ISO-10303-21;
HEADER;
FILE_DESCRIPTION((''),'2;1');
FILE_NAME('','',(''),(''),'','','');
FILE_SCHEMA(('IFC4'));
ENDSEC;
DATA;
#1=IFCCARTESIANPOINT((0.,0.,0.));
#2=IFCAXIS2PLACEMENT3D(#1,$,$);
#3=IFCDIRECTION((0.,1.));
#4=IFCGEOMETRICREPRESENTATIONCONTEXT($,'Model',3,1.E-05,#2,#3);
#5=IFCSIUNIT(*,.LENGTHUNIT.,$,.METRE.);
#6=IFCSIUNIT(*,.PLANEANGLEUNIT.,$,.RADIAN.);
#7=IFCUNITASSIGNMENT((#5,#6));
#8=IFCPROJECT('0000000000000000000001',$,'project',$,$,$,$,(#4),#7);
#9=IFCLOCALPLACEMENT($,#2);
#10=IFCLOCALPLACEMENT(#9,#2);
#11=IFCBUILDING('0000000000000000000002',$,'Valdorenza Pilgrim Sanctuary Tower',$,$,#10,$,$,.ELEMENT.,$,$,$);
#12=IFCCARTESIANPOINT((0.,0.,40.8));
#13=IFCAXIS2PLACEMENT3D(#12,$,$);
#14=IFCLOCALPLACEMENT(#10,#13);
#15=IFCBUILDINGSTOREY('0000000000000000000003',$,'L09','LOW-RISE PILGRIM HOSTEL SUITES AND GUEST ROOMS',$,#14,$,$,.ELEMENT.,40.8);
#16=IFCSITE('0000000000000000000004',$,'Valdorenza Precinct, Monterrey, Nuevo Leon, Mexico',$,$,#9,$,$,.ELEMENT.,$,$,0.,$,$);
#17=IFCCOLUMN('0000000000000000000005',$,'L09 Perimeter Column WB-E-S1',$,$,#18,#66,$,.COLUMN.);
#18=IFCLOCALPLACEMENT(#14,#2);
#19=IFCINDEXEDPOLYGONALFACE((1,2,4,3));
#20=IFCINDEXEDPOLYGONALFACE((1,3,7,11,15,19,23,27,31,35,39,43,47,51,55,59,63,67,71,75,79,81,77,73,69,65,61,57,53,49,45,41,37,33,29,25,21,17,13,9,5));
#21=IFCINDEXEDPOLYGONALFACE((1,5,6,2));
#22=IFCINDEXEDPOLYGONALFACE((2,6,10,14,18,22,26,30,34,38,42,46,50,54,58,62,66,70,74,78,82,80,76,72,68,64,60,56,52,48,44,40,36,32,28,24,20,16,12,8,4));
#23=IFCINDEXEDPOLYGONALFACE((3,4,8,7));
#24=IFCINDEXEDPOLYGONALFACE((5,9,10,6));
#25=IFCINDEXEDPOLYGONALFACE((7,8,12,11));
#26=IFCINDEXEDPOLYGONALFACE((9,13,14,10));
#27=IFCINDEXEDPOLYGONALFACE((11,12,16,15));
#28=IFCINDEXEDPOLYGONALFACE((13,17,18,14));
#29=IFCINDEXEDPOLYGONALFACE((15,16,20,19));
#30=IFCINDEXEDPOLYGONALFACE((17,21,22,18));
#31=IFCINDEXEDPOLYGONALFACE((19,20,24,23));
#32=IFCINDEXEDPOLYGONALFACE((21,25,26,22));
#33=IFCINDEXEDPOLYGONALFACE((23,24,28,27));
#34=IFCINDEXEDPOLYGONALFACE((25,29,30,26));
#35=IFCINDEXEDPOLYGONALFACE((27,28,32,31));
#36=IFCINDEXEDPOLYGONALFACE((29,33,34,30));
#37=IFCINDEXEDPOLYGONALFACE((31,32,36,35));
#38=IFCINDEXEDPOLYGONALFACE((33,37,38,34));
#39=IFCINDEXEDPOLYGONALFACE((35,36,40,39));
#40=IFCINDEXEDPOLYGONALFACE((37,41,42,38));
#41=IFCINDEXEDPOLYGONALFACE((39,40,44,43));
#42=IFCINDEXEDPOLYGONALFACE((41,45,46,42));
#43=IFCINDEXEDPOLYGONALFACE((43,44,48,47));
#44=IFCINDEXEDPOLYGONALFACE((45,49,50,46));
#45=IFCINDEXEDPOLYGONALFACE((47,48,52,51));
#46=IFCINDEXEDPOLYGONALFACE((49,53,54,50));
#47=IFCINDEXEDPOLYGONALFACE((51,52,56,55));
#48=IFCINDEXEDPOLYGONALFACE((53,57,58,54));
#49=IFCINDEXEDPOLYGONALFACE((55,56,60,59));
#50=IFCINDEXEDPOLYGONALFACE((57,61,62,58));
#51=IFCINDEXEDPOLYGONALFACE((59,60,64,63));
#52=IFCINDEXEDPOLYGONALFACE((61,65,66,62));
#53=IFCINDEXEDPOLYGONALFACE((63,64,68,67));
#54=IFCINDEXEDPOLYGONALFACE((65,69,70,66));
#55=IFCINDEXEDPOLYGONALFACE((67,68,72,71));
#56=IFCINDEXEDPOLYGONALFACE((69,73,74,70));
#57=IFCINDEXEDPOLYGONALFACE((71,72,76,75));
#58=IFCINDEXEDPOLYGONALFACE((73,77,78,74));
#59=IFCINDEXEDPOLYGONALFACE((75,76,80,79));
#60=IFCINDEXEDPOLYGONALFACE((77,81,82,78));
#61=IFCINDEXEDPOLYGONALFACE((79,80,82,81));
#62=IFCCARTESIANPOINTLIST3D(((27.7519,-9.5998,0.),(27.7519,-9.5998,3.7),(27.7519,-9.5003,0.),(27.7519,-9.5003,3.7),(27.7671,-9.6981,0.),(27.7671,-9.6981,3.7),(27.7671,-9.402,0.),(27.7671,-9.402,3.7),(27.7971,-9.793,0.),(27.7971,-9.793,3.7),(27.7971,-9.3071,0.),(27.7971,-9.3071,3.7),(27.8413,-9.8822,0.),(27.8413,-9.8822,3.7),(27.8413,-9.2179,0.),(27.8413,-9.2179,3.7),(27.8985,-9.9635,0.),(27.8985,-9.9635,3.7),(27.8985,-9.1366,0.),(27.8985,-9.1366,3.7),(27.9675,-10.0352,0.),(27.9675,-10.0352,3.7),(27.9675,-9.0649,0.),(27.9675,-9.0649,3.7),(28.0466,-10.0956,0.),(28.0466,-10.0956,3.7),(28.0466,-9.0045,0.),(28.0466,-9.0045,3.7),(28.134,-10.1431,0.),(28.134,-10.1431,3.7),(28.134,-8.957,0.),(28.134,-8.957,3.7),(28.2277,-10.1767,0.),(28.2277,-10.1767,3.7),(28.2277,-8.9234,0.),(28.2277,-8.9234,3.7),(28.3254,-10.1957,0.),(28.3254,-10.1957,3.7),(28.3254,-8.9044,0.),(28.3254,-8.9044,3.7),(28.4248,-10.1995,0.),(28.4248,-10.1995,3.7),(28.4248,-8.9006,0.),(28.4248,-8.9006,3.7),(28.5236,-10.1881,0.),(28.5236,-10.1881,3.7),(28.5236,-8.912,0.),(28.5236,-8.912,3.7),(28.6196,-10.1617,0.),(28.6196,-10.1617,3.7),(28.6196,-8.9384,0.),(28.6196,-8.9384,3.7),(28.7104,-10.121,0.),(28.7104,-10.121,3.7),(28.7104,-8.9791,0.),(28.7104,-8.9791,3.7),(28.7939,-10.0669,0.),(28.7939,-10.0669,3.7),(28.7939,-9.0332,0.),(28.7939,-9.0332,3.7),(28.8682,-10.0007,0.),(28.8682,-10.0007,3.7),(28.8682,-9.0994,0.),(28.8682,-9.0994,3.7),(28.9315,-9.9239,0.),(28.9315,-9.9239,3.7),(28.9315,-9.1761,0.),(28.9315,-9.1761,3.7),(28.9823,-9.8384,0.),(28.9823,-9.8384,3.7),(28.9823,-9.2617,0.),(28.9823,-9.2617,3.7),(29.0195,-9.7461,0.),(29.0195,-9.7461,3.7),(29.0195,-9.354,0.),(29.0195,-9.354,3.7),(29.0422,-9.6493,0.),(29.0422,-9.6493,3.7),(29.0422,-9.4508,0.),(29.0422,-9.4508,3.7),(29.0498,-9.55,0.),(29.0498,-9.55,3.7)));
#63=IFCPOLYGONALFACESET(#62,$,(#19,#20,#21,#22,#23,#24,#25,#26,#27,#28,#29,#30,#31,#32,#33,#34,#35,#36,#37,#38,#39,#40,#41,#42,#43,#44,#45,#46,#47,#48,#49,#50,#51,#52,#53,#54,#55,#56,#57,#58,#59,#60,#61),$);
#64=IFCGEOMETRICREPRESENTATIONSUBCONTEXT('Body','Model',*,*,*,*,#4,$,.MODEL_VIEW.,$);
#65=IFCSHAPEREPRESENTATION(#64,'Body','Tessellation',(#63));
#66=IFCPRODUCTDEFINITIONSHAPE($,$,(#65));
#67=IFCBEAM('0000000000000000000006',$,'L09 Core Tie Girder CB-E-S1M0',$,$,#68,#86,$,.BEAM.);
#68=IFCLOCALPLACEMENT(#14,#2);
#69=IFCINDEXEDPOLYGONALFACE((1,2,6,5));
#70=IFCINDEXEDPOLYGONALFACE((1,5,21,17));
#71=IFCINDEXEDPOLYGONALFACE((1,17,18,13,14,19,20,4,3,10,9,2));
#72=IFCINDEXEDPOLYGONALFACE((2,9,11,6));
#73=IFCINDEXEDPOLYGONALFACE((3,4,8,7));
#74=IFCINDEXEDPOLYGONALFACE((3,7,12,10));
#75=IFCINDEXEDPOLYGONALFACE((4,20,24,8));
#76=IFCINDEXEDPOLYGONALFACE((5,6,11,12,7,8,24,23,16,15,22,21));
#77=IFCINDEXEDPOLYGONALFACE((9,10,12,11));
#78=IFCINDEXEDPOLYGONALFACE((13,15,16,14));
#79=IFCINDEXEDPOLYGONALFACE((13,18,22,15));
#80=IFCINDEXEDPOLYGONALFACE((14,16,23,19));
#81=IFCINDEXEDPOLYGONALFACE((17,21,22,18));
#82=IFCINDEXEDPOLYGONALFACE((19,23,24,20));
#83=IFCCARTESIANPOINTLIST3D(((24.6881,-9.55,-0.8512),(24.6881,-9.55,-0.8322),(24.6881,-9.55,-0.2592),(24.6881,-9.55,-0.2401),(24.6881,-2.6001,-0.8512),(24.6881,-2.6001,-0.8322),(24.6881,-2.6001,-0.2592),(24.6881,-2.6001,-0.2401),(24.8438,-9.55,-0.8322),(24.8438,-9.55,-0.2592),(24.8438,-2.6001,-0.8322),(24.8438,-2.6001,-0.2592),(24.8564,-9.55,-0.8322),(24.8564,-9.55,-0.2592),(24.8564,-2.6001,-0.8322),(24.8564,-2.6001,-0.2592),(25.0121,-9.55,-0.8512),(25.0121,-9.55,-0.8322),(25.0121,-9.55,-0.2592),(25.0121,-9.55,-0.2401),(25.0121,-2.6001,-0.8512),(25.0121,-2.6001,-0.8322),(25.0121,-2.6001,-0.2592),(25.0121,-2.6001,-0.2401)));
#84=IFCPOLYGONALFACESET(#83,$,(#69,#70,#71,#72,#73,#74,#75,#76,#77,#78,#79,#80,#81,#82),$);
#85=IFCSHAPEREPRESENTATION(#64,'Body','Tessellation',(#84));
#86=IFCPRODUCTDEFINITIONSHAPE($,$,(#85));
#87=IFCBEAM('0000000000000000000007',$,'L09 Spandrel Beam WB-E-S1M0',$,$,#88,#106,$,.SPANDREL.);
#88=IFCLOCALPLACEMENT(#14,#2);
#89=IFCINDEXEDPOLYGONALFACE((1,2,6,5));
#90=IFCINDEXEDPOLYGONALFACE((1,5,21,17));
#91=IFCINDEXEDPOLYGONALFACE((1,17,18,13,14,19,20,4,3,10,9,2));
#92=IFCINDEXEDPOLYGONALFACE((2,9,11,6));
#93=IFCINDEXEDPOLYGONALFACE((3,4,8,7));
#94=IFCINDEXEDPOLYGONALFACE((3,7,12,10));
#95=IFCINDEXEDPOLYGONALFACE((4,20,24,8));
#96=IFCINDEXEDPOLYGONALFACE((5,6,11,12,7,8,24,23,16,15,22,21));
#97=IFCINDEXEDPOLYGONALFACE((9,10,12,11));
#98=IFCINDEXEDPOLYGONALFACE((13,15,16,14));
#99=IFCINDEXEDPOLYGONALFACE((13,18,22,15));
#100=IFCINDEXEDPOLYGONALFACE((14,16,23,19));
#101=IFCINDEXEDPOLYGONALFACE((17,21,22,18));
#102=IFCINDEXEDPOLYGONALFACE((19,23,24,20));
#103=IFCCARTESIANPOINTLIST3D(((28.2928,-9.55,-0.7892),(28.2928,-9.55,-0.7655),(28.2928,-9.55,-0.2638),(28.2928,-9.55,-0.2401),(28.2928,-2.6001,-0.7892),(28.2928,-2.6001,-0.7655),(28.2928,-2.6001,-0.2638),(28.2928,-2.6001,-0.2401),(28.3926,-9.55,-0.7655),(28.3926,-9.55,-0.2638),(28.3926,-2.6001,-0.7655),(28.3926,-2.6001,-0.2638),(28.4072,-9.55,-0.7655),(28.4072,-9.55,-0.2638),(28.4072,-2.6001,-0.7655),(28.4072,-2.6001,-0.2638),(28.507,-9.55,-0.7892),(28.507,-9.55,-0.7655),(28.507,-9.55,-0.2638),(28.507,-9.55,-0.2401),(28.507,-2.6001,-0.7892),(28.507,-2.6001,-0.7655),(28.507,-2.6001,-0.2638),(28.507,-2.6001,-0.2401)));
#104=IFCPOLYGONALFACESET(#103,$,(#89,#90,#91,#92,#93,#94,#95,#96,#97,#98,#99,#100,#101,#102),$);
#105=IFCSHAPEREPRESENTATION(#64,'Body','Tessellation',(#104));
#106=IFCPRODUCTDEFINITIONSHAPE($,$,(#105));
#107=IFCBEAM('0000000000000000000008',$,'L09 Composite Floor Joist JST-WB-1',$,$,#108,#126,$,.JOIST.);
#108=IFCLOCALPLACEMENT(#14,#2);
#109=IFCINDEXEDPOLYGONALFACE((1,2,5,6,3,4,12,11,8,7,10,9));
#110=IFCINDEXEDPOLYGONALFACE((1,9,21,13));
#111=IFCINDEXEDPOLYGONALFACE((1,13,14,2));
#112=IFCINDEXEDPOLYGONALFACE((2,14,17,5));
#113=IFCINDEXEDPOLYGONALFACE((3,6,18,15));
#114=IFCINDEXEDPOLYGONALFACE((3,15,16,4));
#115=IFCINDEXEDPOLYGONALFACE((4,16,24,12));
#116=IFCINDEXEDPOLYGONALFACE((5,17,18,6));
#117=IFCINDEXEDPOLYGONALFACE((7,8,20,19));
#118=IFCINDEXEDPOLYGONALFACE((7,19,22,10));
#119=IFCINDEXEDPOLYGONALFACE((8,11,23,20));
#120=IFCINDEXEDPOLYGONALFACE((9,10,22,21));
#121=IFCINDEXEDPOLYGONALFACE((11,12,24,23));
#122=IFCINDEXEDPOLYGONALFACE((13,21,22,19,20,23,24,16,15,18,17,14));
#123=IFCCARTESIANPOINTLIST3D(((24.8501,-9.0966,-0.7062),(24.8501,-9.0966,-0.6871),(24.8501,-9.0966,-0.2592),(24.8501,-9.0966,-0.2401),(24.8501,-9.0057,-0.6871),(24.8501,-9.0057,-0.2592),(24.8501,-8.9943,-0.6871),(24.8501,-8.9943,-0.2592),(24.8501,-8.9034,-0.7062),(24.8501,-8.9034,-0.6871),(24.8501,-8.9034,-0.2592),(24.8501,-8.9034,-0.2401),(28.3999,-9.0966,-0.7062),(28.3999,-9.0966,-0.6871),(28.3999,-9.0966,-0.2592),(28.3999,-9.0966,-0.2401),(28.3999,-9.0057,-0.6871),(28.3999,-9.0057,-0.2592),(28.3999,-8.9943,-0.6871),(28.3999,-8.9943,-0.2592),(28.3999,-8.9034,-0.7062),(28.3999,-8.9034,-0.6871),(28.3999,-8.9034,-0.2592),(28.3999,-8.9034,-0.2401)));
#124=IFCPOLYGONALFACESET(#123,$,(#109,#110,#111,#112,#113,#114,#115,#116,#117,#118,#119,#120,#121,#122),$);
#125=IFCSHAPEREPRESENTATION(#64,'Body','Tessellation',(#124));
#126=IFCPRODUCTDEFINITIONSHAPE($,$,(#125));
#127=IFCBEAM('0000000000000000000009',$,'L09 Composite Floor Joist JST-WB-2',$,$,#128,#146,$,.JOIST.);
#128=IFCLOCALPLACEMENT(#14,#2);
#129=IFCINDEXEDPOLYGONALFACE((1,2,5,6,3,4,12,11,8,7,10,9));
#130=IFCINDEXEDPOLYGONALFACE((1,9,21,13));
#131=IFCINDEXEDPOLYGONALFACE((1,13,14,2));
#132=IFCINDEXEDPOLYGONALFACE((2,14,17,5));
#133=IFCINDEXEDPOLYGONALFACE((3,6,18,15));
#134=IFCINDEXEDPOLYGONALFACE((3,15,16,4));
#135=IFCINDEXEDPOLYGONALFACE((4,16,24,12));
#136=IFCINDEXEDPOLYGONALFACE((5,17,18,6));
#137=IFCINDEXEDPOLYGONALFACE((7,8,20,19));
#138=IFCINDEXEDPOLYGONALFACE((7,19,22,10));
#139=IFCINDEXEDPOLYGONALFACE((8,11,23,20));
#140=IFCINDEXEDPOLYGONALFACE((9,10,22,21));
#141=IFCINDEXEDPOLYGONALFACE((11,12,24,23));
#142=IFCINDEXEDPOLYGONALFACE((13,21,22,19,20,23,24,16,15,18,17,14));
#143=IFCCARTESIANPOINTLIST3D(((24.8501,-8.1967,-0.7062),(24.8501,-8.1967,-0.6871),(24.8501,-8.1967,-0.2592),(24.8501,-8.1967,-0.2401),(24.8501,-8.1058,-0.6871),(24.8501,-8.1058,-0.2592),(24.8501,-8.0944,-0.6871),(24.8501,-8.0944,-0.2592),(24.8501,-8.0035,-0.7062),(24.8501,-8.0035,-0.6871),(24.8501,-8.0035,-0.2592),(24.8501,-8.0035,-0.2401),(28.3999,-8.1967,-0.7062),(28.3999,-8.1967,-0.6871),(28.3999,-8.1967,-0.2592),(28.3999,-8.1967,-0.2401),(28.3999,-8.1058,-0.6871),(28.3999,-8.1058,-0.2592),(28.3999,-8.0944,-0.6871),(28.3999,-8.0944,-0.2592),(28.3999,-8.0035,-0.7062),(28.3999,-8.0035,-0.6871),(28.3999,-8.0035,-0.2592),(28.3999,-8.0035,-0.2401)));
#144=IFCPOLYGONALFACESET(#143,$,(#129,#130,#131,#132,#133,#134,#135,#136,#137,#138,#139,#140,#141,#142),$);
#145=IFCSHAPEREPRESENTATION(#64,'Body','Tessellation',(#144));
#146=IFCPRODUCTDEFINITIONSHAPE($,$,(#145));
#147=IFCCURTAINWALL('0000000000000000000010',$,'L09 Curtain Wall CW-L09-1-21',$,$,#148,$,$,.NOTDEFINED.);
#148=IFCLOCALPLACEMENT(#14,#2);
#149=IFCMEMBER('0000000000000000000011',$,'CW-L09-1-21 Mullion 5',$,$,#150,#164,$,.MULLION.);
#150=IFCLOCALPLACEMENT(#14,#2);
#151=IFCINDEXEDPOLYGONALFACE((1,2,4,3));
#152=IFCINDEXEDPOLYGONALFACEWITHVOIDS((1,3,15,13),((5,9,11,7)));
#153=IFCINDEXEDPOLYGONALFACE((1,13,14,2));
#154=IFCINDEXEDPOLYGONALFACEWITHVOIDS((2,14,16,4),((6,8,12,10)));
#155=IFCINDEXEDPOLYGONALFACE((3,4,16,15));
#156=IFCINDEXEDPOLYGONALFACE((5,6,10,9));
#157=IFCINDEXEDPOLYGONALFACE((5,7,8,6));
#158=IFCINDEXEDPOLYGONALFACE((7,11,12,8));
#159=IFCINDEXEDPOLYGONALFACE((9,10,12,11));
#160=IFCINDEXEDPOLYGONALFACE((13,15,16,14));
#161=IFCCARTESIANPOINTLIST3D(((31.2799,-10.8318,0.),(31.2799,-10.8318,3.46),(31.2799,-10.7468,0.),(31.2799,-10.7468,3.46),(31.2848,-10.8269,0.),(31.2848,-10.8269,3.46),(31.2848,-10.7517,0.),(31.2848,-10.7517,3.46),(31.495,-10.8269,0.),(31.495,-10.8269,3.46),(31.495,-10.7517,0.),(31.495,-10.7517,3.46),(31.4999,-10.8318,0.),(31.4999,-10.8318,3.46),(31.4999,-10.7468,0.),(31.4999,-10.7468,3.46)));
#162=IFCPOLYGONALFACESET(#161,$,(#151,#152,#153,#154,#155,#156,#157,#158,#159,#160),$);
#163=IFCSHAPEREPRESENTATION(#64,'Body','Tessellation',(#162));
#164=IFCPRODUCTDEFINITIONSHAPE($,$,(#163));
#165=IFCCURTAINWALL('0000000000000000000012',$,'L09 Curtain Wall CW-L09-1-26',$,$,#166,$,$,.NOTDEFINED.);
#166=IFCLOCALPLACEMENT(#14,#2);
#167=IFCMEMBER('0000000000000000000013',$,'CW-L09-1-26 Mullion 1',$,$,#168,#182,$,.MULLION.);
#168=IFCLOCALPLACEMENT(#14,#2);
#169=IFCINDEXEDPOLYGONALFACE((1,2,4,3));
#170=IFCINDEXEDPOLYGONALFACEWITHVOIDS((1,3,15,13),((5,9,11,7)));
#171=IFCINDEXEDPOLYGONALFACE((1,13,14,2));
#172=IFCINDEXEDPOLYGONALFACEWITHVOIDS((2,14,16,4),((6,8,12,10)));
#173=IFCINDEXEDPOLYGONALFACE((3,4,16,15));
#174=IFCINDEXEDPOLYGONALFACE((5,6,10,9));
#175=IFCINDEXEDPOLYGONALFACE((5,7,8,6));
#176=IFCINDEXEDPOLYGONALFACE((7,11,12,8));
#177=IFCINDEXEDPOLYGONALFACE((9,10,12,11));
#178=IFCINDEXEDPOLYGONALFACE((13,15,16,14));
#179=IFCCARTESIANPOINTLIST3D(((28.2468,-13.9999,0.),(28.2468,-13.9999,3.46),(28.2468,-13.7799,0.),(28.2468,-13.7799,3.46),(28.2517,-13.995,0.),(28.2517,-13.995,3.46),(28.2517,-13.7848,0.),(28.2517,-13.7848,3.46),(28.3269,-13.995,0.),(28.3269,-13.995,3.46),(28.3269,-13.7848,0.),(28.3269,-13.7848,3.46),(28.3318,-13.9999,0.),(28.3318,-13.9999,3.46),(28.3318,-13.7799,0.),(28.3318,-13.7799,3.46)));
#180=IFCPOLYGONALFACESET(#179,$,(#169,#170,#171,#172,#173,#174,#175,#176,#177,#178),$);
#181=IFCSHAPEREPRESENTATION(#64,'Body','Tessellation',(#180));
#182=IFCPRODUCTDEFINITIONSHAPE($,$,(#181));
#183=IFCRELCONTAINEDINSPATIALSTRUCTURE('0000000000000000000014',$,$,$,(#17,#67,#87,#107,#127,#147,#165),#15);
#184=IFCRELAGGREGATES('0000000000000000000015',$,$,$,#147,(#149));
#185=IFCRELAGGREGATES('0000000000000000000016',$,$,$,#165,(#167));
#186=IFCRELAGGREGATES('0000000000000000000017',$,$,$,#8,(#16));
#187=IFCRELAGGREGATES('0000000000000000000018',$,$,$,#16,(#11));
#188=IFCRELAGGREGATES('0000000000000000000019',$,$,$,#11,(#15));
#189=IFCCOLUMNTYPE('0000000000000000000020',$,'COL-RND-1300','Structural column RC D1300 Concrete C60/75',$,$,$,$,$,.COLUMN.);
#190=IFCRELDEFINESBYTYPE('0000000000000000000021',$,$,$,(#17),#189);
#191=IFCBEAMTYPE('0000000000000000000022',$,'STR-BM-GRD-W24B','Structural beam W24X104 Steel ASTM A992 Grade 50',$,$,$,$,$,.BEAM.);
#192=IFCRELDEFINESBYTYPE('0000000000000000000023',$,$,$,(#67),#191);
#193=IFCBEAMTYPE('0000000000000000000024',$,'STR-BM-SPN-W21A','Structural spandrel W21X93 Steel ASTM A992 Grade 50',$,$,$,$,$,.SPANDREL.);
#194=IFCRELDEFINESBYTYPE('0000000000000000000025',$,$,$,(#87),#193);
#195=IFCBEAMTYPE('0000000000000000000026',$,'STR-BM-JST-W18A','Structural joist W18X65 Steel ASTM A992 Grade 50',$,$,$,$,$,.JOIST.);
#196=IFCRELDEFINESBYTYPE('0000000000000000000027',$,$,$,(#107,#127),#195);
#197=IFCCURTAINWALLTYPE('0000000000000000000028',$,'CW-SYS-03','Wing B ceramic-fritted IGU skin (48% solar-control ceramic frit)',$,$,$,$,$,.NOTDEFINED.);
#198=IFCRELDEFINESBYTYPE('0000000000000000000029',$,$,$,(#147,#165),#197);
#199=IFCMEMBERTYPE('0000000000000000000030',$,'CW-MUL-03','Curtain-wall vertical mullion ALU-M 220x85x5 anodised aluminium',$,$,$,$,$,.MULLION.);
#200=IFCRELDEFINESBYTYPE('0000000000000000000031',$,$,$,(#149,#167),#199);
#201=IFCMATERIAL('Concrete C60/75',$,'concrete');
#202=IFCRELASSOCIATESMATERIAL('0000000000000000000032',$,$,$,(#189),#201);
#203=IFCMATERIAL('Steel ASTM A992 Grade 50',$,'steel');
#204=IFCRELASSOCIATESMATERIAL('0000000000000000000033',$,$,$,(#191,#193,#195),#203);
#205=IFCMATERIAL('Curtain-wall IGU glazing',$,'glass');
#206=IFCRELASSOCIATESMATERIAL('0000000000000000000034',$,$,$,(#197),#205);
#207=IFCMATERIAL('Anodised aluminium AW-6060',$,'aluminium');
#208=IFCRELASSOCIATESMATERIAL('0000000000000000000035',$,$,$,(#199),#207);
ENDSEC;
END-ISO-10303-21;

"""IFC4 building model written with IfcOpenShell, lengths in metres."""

from ifc_helpers import new_model, si_unit, direction, frame, origin, origin_2d, place, context, subcontext, project, spatial, hollow_rectangle, circle, i_section, extrude, source, transform, mapped, material, material_profile, profile_set, type_object, element, aggregate, save


model = new_model("IFC4")

# Units and contexts
model_context = context("Model", 3, precision=1e-05, world=origin(), true_north=direction((0.0, 1.0)))
body_context = subcontext(model_context, "Body", "Model", "MODEL_VIEW")
ifc_project = project(units=[si_unit("LENGTHUNIT", "METRE"), si_unit("PLANEANGLEUNIT", "RADIAN")], contexts=[model_context])

# Site, building, storey
site_placement = place(None, origin())
site = spatial("IfcSite", under=ifc_project, at=site_placement, Name="Valdorenza Precinct, Monterrey, Nuevo Leon, Mexico", CompositionType="ELEMENT", RefElevation=0.0)
building_placement = place(site_placement, origin())
building = spatial("IfcBuilding", under=site, at=building_placement, Name="Valdorenza Pilgrim Sanctuary Tower", CompositionType="ELEMENT")
storey_placement = place(building_placement, frame((0.0, 0.0, 40.8)))
storey = spatial("IfcBuildingStorey", under=building, at=storey_placement, Name="L09", Description="LOW-RISE PILGRIM HOSTEL SUITES AND GUEST ROOMS", CompositionType="ELEMENT", Elevation=40.8)

# Column
ifc_material_1 = material(Name="Concrete C60/75", Category="concrete")
ifc_material_profile_1 = material_profile(ifc_material_1, circle(Radius=0.6499, at=origin_2d()), Name="RC D1300")
ifc_profile_set_1 = profile_set([ifc_material_profile_1], Name="Concrete C60/75")
column_type = type_object("IfcColumnType", Name="COL-RND-1300", Description="Structural column RC D1300 Concrete C60/75", PredefinedType="COLUMN", material=ifc_profile_set_1)
shared_shape_1 = source(origin(), body_context, "Body", "SweptSolid", [
    extrude(circle(Radius=0.6499, at=origin_2d()), origin(), (0.0, 0.0, 1.0), 3.7),
])
column_placement = place(storey_placement, frame((28.3999, -9.55, 0.0), z_axis=(0.0, 0.0, 1.0), x_axis=(1.0, 0.0, 0.0)))
element("IfcColumn", 1, at=column_placement, inside=storey, type_object=column_type, Name="L09 Perimeter Column WB-E-S1", PredefinedType="COLUMN", context=body_context, shape_type="MappedRepresentation", body=[
    mapped(shared_shape_1, transform((0.0, 0.0, 0.0), x_axis=(1.0, 0.0, 0.0), y_axis=(0.0, 1.0, 0.0), z_axis=(0.0, 0.0, 1.0), scale=1.0)),
])

# Beams
ifc_material_2 = material(Name="Steel ASTM A992 Grade 50", Category="steel")
ifc_material_profile_2 = material_profile(ifc_material_2, i_section(OverallWidth=0.324, OverallDepth=0.6111, WebThickness=0.0127, FlangeThickness=0.019, at=origin_2d()), Name="W24X104")
ifc_profile_set_2 = profile_set([ifc_material_profile_2], Name="Steel ASTM A992 Grade 50")
beam_type_1 = type_object("IfcBeamType", Name="STR-BM-GRD-W24B", Description="Structural beam W24X104 Steel ASTM A992 Grade 50", PredefinedType="BEAM", material=ifc_profile_set_2)
shared_shape_2 = source(origin(), body_context, "Body", "SweptSolid", [
    extrude(i_section(OverallWidth=0.324, OverallDepth=0.6111, WebThickness=0.0127, FlangeThickness=0.019, at=origin_2d()), origin(), (0.0, 0.0, 1.0), 6.95),
])
beam_1_placement = place(storey_placement, frame((24.8501, -9.55, -0.5457), z_axis=(0.0, 1.0, 0.0), x_axis=(-1.0, 0.0, 0.0)))
element("IfcBeam", 2, at=beam_1_placement, inside=storey, type_object=beam_type_1, Name="L09 Core Tie Girder CB-E-S1M0", PredefinedType="BEAM", context=body_context, shape_type="MappedRepresentation", body=[
    mapped(shared_shape_2, transform((0.0, 0.0, 0.0), x_axis=(1.0, 0.0, 0.0), y_axis=(0.0, 1.0, 0.0), z_axis=(0.0, 0.0, 1.0), scale=1.0)),
])
ifc_material_profile_3 = material_profile(ifc_material_2, i_section(OverallWidth=0.2141, OverallDepth=0.5491, WebThickness=0.0146, FlangeThickness=0.0237, at=origin_2d()), Name="W21X93")
ifc_profile_set_3 = profile_set([ifc_material_profile_3], Name="Steel ASTM A992 Grade 50")
beam_type_2 = type_object("IfcBeamType", Name="STR-BM-SPN-W21A", Description="Structural spandrel W21X93 Steel ASTM A992 Grade 50", PredefinedType="SPANDREL", material=ifc_profile_set_3)
shared_shape_3 = source(origin(), body_context, "Body", "SweptSolid", [
    extrude(i_section(OverallWidth=0.2141, OverallDepth=0.5491, WebThickness=0.0146, FlangeThickness=0.0237, at=origin_2d()), origin(), (0.0, 0.0, 1.0), 6.95),
])
beam_2_placement = place(storey_placement, frame((28.3999, -9.55, -0.5146), z_axis=(0.0, 1.0, 0.0), x_axis=(-1.0, 0.0, 0.0)))
element("IfcBeam", 3, at=beam_2_placement, inside=storey, type_object=beam_type_2, Name="L09 Spandrel Beam WB-E-S1M0", PredefinedType="SPANDREL", context=body_context, shape_type="MappedRepresentation", body=[
    mapped(shared_shape_3, transform((0.0, 0.0, 0.0), x_axis=(1.0, 0.0, 0.0), y_axis=(0.0, 1.0, 0.0), z_axis=(0.0, 0.0, 1.0), scale=1.0)),
])
ifc_material_profile_4 = material_profile(ifc_material_2, i_section(OverallWidth=0.1931, OverallDepth=0.4661, WebThickness=0.0115, FlangeThickness=0.019, at=origin_2d()), Name="W18X65")
ifc_profile_set_4 = profile_set([ifc_material_profile_4], Name="Steel ASTM A992 Grade 50")
beam_type_3 = type_object("IfcBeamType", Name="STR-BM-JST-W18A", Description="Structural joist W18X65 Steel ASTM A992 Grade 50", PredefinedType="JOIST", material=ifc_profile_set_4)
shared_shape_4 = source(origin(), body_context, "Body", "SweptSolid", [
    extrude(i_section(OverallWidth=0.1931, OverallDepth=0.4661, WebThickness=0.0115, FlangeThickness=0.019, at=origin_2d()), origin(), (0.0, 0.0, 1.0), 3.5498),
])
for number, where, z_axis, x_axis, name in (
    (4, (24.8501, -9.0, -0.4731), (1.0, 0.0, 0.0), (0.0, 1.0, 0.0), "L09 Composite Floor Joist JST-WB-1"),
    (5, (24.8501, -8.1001, -0.4731), (1.0, 0.0, 0.0), (0.0, 1.0, 0.0), "L09 Composite Floor Joist JST-WB-2"),
):
    element("IfcBeam", number, at=place(storey_placement, frame(where, z_axis=z_axis, x_axis=x_axis)), inside=storey, type_object=beam_type_3, Name=name, PredefinedType="JOIST", context=body_context, shape_type="MappedRepresentation", body=[
        mapped(shared_shape_4, transform((0.0, 0.0, 0.0), x_axis=(1.0, 0.0, 0.0), y_axis=(0.0, 1.0, 0.0), z_axis=(0.0, 0.0, 1.0), scale=1.0)),
    ])

# Curtain wall, member
ifc_material_3 = material(Name="Curtain-wall IGU glazing", Category="glass")
curtain_wall_type = type_object("IfcCurtainWallType", Name="CW-SYS-03", Description="Wing B ceramic-fritted IGU skin (48% solar-control ceramic frit)", PredefinedType="NOTDEFINED", material=ifc_material_3)
curtain_wall_1_placement = place(storey_placement, origin())
curtain_wall_1 = element("IfcCurtainWall", 6, at=curtain_wall_1_placement, inside=storey, type_object=curtain_wall_type, Name="L09 Curtain Wall CW-L09-1-21", PredefinedType="NOTDEFINED")
ifc_material_4 = material(Name="Anodised aluminium AW-6060", Category="aluminium")
ifc_material_profile_5 = material_profile(ifc_material_4, hollow_rectangle(XDim=0.085, YDim=0.22, WallThickness=0.0049, at=origin_2d()), Name="ALU-M 220x85x5")
ifc_profile_set_5 = profile_set([ifc_material_profile_5], Name="Anodised aluminium AW-6060")
member_type_1 = type_object("IfcMemberType", Name="CW-MUL-03", Description="Curtain-wall vertical mullion ALU-M 220x85x5 anodised aluminium", PredefinedType="MULLION", material=ifc_profile_set_5)
shared_shape_5 = source(origin(), body_context, "Body", "SweptSolid", [
    extrude(hollow_rectangle(XDim=0.085, YDim=0.22, WallThickness=0.0049, at=origin_2d()), origin(), (0.0, 0.0, 1.0), 3.46),
])
member_1_placement = place(storey_placement, frame((31.3899, -10.7893, 0.0), z_axis=(0.0, 0.0, 1.0), x_axis=(0.0, -1.0, 0.0)))
member_1 = element("IfcMember", 7, at=member_1_placement, type_object=member_type_1, Name="CW-L09-1-21 Mullion 5", PredefinedType="MULLION", context=body_context, shape_type="MappedRepresentation", body=[
    mapped(shared_shape_5, transform((0.0, 0.0, 0.0), x_axis=(1.0, 0.0, 0.0), y_axis=(0.0, 1.0, 0.0), z_axis=(0.0, 0.0, 1.0), scale=1.0)),
])
aggregate(curtain_wall_1, [member_1])

# Curtain wall, member
curtain_wall_2_placement = place(storey_placement, origin())
curtain_wall_2 = element("IfcCurtainWall", 8, at=curtain_wall_2_placement, inside=storey, type_object=curtain_wall_type, Name="L09 Curtain Wall CW-L09-1-26", PredefinedType="NOTDEFINED")
member_2_placement = place(storey_placement, frame((28.2893, -13.8899, 0.0), z_axis=(0.0, 0.0, 1.0), x_axis=(-1.0, 0.0, 0.0)))
member_2 = element("IfcMember", 9, at=member_2_placement, type_object=member_type_1, Name="CW-L09-1-26 Mullion 1", PredefinedType="MULLION", context=body_context, shape_type="MappedRepresentation", body=[
    mapped(shared_shape_5, transform((0.0, 0.0, 0.0), x_axis=(1.0, 0.0, 0.0), y_axis=(0.0, 1.0, 0.0), z_axis=(0.0, 0.0, 1.0), scale=1.0)),
])
aggregate(curtain_wall_2, [member_2])

save(model, "model.ifc")
